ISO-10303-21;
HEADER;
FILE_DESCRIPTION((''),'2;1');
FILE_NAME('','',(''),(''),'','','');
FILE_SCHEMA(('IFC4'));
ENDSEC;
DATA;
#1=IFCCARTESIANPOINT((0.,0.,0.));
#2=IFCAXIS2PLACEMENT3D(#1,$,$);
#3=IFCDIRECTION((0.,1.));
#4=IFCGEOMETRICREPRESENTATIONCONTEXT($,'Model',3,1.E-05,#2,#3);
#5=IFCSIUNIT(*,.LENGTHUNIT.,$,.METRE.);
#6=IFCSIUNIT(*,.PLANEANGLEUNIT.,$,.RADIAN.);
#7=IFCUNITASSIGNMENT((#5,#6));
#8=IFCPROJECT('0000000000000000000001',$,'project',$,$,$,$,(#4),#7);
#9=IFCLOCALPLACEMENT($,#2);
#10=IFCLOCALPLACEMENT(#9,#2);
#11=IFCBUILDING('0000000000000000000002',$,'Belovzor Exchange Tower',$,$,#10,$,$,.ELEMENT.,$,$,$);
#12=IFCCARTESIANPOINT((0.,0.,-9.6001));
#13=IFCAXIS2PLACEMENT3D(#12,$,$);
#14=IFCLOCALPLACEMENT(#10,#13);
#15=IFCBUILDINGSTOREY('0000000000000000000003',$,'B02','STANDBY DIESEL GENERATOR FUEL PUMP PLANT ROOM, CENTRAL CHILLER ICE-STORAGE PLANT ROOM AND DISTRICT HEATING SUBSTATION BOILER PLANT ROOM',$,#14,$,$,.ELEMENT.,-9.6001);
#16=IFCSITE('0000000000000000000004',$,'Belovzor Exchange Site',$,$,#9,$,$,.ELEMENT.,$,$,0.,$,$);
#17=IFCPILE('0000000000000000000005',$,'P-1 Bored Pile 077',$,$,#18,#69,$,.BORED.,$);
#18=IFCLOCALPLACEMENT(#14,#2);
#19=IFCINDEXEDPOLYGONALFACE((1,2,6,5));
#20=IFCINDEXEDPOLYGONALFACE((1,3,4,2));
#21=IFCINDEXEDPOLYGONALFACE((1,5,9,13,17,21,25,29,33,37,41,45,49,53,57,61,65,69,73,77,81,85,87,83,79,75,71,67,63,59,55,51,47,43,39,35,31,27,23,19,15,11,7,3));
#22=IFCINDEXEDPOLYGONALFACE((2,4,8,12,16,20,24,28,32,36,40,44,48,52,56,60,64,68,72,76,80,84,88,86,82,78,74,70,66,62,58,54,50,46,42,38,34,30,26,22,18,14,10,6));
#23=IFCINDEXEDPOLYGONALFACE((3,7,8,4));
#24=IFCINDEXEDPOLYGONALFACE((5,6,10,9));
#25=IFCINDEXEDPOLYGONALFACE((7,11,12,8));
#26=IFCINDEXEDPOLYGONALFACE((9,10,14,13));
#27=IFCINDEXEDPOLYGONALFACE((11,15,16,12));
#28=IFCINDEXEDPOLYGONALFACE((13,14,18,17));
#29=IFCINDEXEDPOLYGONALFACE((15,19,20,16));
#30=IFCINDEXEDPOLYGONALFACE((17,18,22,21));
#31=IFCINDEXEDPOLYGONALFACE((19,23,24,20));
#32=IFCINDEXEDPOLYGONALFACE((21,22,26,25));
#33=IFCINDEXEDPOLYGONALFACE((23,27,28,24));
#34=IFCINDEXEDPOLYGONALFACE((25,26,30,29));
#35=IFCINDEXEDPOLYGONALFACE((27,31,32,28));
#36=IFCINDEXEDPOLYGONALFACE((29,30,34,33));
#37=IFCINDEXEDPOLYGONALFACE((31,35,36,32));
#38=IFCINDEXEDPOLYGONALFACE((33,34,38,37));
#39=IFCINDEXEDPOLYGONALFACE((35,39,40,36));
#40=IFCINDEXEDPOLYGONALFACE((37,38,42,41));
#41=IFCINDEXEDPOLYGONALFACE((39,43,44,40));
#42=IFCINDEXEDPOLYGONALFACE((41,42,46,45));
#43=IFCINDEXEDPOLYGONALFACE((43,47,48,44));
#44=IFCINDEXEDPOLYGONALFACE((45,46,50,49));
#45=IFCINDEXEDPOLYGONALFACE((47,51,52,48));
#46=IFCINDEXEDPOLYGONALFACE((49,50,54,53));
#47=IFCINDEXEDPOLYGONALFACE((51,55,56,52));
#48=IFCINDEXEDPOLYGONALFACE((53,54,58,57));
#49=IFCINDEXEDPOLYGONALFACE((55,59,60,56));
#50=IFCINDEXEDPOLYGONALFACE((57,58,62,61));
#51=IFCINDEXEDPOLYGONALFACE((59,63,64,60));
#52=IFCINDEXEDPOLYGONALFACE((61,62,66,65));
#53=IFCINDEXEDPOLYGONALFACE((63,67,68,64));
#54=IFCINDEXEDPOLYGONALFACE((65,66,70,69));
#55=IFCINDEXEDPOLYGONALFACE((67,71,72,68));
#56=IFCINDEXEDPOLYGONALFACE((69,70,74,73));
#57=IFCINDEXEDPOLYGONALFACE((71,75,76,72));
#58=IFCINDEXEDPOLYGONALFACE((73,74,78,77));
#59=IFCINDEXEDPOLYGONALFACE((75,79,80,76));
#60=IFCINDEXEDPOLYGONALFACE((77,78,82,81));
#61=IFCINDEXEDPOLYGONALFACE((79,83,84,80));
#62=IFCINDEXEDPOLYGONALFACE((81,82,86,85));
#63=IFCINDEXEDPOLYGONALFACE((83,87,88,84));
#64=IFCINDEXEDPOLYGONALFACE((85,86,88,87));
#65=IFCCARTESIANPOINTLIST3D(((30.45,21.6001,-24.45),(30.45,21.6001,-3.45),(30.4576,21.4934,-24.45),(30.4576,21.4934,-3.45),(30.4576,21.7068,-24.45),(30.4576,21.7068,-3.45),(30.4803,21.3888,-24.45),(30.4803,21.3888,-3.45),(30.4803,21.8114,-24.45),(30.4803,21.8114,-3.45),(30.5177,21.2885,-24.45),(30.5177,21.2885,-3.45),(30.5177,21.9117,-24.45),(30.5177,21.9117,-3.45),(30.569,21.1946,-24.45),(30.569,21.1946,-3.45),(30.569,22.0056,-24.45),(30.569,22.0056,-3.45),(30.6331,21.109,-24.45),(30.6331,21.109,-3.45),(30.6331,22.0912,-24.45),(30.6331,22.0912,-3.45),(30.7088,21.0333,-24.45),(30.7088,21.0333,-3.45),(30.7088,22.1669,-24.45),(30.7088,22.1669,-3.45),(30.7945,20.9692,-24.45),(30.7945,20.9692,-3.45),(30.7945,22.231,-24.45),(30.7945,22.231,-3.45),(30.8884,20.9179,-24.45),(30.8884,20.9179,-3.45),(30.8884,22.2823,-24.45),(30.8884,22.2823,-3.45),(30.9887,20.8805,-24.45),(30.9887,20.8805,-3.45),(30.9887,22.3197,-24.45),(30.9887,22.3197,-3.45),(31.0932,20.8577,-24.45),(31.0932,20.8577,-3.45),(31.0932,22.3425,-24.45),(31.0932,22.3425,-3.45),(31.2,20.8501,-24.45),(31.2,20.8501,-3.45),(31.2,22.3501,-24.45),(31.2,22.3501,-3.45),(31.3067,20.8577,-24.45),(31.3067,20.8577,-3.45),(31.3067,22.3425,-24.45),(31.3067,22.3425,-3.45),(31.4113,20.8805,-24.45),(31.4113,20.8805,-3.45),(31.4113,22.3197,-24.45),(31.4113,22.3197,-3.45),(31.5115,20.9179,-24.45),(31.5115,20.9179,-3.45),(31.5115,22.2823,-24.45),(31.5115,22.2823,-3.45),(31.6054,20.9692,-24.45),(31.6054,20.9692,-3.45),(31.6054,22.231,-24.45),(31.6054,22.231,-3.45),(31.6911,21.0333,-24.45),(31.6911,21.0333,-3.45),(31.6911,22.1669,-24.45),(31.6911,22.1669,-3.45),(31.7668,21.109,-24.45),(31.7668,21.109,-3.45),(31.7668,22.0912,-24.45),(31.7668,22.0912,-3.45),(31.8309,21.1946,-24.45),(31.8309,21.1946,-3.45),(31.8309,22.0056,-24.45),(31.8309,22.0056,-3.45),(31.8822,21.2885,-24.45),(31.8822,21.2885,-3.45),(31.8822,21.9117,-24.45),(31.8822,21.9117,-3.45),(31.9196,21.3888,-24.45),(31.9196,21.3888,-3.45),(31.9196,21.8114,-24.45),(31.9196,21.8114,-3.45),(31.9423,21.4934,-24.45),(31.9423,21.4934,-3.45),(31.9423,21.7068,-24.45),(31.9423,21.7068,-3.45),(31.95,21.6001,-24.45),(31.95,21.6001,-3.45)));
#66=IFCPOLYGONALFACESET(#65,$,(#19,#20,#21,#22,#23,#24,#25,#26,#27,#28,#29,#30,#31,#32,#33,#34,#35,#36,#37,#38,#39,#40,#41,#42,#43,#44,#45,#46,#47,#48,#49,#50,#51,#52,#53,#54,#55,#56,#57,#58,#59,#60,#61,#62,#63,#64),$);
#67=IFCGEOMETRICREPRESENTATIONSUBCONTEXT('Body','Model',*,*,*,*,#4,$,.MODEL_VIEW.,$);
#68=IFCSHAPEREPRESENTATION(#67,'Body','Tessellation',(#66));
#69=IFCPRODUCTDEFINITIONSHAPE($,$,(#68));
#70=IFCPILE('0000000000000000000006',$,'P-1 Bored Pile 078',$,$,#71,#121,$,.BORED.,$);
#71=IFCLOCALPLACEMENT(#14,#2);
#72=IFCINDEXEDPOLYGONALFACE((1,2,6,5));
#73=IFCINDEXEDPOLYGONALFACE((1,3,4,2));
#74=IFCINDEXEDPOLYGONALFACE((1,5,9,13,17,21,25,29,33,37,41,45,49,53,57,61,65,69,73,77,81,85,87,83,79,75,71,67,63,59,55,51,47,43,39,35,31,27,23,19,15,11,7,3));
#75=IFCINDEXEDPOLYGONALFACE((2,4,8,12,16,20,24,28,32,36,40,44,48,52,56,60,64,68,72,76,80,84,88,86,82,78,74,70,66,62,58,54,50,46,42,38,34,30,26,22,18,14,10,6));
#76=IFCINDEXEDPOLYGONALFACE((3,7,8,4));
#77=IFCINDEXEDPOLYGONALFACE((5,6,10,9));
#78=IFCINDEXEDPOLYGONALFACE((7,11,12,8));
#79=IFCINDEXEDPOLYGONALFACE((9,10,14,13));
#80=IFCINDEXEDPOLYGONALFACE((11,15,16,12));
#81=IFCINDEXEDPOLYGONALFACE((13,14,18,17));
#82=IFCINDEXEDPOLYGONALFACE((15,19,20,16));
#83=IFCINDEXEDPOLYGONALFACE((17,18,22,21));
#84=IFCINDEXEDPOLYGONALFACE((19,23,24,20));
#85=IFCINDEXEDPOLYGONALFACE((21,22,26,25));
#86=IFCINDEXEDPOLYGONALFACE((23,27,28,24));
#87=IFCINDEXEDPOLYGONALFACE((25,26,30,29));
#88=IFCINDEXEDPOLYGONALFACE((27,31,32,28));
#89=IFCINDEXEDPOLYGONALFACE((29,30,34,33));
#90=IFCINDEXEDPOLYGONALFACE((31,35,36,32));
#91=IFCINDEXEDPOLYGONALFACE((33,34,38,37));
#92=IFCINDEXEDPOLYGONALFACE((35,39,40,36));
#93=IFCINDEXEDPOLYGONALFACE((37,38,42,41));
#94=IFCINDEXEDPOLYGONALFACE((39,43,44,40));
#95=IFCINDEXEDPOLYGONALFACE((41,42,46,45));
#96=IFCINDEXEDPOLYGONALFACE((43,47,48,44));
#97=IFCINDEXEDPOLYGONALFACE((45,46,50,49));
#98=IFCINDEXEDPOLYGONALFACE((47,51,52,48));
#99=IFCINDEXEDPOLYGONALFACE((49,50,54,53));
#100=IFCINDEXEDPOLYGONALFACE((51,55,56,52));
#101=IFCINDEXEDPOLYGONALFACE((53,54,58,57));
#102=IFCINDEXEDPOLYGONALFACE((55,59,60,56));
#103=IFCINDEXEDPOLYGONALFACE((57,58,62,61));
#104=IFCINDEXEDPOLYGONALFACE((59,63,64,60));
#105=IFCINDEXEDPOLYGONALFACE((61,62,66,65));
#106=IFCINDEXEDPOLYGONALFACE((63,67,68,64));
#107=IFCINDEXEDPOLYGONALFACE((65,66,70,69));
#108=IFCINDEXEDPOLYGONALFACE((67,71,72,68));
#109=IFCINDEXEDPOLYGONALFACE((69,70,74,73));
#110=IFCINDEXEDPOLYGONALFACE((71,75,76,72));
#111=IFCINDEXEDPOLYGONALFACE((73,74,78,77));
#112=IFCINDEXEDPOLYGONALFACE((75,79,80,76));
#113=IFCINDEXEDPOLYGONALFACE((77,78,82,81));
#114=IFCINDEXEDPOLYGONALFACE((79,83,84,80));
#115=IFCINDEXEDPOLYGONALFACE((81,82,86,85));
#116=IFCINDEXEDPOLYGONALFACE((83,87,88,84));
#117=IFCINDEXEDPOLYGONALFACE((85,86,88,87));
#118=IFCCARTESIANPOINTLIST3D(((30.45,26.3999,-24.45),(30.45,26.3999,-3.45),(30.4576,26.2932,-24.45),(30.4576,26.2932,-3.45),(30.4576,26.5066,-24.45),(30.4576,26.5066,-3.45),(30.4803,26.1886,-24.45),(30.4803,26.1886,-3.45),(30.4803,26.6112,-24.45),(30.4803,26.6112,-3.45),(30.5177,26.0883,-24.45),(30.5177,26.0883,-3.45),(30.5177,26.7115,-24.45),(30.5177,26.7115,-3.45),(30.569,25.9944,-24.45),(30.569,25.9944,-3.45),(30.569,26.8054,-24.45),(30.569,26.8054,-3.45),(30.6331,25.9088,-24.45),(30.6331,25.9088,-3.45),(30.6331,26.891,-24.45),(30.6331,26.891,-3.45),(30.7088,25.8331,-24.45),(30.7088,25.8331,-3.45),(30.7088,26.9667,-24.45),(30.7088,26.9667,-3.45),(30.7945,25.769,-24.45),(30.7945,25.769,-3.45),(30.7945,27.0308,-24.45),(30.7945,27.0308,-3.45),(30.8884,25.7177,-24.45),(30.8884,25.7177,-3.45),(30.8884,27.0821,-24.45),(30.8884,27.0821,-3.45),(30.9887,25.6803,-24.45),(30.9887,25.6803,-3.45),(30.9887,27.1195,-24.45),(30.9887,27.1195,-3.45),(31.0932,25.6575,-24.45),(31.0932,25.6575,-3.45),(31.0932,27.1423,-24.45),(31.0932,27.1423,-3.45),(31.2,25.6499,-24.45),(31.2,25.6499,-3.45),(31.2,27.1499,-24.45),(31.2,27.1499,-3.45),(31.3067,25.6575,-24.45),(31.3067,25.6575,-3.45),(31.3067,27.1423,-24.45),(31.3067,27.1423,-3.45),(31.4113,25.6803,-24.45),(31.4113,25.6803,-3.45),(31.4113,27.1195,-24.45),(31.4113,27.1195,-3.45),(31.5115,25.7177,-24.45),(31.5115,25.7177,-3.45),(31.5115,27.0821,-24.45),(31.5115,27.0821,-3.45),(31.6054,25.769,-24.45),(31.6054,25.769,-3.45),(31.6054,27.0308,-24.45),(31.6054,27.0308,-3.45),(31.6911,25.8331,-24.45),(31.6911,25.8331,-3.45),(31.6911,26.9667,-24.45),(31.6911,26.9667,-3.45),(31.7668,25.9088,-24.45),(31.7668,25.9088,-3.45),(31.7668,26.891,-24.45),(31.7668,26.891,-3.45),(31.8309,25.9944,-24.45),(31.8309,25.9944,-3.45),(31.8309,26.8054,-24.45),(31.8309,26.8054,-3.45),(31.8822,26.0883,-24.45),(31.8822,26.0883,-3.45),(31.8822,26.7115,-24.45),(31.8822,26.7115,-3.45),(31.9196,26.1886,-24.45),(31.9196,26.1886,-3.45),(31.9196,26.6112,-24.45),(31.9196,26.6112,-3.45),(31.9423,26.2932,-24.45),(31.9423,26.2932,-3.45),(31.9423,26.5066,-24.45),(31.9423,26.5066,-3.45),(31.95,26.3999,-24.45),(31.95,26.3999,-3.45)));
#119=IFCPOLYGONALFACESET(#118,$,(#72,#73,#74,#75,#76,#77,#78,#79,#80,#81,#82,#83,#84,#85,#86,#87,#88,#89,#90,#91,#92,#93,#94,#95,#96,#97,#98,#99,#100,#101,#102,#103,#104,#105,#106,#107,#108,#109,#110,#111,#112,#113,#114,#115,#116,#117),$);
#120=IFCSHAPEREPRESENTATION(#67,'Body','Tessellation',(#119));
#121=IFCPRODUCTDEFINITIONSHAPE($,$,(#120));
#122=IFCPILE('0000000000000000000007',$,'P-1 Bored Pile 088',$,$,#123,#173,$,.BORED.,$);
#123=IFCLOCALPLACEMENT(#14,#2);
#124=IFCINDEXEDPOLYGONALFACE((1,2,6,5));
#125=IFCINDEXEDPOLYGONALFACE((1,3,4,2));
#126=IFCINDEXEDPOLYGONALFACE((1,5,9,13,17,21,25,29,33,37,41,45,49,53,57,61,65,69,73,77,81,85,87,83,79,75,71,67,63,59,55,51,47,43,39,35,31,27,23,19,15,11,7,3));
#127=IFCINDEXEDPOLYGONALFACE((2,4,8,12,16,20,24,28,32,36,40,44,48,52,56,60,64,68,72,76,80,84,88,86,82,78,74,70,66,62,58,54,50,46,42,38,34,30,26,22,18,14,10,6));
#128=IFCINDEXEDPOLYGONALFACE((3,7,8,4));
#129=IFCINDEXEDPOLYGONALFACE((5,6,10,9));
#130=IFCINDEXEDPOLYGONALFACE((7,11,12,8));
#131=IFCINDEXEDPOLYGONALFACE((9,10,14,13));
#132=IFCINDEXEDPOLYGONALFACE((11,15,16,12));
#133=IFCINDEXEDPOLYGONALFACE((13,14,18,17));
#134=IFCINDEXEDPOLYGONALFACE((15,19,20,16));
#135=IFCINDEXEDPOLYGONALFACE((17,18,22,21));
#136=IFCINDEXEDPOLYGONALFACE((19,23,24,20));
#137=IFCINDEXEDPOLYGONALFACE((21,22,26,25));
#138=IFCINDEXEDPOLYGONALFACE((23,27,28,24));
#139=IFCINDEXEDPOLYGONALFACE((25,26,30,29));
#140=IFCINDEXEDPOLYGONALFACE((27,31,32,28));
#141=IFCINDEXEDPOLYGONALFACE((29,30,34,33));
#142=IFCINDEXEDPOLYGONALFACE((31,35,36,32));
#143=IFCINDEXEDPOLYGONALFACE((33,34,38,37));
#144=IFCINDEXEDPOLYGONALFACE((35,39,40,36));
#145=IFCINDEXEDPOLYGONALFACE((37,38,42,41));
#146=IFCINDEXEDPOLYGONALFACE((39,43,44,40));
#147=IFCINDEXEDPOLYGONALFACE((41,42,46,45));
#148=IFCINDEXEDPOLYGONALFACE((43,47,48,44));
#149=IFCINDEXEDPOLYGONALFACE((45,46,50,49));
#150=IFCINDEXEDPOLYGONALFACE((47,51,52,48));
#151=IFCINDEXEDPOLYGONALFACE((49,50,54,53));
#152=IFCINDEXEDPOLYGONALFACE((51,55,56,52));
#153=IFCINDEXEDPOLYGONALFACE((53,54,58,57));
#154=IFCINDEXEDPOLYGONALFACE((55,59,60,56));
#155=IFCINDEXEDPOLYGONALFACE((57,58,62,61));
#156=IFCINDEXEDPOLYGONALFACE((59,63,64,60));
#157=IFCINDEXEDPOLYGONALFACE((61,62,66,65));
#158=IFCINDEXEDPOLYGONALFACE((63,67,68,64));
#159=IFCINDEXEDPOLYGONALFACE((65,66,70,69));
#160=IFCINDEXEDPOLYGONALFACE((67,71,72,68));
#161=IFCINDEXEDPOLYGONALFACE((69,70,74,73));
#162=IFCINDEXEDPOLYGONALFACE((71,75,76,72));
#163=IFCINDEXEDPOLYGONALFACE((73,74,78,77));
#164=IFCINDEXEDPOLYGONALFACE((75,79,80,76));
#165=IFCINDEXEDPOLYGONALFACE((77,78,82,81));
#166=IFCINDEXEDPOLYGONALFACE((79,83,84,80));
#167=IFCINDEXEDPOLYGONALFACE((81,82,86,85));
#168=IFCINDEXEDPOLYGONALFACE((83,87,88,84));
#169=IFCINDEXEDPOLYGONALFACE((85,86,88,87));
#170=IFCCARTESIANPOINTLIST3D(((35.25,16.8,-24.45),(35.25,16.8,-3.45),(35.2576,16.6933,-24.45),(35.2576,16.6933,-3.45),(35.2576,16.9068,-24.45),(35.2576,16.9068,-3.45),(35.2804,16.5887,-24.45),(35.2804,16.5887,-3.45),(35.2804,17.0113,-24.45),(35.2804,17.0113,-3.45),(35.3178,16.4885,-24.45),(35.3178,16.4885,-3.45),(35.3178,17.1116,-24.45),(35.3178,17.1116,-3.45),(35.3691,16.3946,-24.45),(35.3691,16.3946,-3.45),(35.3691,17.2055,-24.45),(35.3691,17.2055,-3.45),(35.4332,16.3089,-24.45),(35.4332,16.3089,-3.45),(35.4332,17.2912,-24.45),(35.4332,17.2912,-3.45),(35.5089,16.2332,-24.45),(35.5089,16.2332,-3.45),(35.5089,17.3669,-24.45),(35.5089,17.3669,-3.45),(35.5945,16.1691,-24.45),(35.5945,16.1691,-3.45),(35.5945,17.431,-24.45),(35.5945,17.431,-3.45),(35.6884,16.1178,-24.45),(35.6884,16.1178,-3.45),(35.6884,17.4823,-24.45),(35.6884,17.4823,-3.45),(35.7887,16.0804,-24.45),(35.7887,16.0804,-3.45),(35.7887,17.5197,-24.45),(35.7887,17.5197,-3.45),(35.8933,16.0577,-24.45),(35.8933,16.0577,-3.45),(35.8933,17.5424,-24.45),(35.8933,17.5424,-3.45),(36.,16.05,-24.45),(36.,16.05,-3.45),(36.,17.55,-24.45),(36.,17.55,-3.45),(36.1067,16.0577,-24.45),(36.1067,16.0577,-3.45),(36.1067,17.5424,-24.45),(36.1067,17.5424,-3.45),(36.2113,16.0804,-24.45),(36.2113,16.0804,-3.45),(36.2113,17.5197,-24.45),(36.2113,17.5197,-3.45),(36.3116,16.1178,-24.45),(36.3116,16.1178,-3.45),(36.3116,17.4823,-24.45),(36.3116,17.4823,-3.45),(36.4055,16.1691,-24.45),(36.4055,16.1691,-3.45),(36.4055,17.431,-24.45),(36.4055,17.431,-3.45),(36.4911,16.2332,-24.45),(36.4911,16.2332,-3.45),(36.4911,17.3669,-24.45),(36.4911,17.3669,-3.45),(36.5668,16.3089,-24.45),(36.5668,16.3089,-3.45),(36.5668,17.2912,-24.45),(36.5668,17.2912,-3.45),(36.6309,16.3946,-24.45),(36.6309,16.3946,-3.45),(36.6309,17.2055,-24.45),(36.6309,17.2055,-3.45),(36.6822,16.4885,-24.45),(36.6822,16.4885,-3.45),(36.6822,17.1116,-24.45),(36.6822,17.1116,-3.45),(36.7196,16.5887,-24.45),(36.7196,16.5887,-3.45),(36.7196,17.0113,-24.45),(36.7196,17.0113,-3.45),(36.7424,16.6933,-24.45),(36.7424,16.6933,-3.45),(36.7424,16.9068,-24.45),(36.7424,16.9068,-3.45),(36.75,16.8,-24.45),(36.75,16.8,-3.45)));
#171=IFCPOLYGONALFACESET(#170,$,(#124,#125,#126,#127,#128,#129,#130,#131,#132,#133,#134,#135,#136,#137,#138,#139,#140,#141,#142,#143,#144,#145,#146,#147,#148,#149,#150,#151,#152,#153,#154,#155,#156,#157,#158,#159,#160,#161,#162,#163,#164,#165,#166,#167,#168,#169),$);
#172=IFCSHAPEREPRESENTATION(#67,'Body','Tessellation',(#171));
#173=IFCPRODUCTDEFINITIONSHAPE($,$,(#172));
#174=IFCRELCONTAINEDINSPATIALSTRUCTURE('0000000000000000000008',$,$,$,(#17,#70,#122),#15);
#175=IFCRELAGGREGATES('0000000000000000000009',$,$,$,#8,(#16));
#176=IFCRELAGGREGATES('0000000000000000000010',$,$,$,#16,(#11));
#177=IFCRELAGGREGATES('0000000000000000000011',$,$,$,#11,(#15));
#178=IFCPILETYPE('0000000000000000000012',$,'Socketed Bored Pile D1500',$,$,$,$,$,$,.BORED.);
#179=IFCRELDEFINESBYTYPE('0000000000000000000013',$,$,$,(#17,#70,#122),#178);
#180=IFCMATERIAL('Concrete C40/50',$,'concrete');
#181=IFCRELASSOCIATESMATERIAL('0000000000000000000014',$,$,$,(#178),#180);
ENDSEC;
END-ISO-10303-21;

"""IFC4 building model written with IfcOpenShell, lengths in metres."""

from ifc_helpers import new_model, si_unit, direction, frame, origin, origin_2d, place, context, subcontext, project, spatial, circle, extrude, material, material_profile, profile_set, type_object, element, save


model = new_model("IFC4")

# Units and contexts
model_context = context("Model", 3, precision=1e-05, world=origin(), true_north=direction((0.0, 1.0)))
body_context = subcontext(model_context, "Body", "Model", "MODEL_VIEW")
ifc_project = project(units=[si_unit("LENGTHUNIT", "METRE"), si_unit("PLANEANGLEUNIT", "RADIAN")], contexts=[model_context])

# Site, building, storey
site_placement = place(None, origin())
site = spatial("IfcSite", under=ifc_project, at=site_placement, Name="Belovzor Exchange Site", CompositionType="ELEMENT", RefElevation=0.0)
building_placement = place(site_placement, origin())
building = spatial("IfcBuilding", under=site, at=building_placement, Name="Belovzor Exchange Tower", CompositionType="ELEMENT")
storey_placement = place(building_placement, frame((0.0, 0.0, -9.6001)))
storey = spatial("IfcBuildingStorey", under=building, at=storey_placement, Name="B02", Description="STANDBY DIESEL GENERATOR FUEL PUMP PLANT ROOM, CENTRAL CHILLER ICE-STORAGE PLANT ROOM AND DISTRICT HEATING SUBSTATION BOILER PLANT ROOM", CompositionType="ELEMENT", Elevation=-9.6001)

# Piles
ifc_material_1 = material(Name="Concrete C40/50", Category="concrete")
ifc_material_profile_1 = material_profile(ifc_material_1, circle(Radius=0.75, at=origin_2d()))
ifc_profile_set_1 = profile_set([ifc_material_profile_1], Name="Concrete C40/50")
pile_type_1 = type_object("IfcPileType", Name="Socketed Bored Pile D1500", PredefinedType="BORED", material=ifc_profile_set_1)
for number, where, z_axis, x_axis, name in (
    (1, (31.2, 21.6001, -3.45), (0.0, 0.0, -1.0), (1.0, 0.0, 0.0), "P-1 Bored Pile 077"),
    (2, (31.2, 26.3999, -3.45), (0.0, 0.0, -1.0), (1.0, 0.0, 0.0), "P-1 Bored Pile 078"),
    (3, (36.0, 16.8, -3.45), (0.0, 0.0, -1.0), (1.0, 0.0, 0.0), "P-1 Bored Pile 088"),
):
    element("IfcPile", number, at=place(storey_placement, frame(where, z_axis=z_axis, x_axis=x_axis)), inside=storey, type_object=pile_type_1, Name=name, PredefinedType="BORED", context=body_context, shape_type="SweptSolid", body=[
        extrude(circle(Radius=0.75, at=origin_2d()), origin(), (0.0, 0.0, 1.0), 21.0),
    ])

save(model, "model.ifc")
